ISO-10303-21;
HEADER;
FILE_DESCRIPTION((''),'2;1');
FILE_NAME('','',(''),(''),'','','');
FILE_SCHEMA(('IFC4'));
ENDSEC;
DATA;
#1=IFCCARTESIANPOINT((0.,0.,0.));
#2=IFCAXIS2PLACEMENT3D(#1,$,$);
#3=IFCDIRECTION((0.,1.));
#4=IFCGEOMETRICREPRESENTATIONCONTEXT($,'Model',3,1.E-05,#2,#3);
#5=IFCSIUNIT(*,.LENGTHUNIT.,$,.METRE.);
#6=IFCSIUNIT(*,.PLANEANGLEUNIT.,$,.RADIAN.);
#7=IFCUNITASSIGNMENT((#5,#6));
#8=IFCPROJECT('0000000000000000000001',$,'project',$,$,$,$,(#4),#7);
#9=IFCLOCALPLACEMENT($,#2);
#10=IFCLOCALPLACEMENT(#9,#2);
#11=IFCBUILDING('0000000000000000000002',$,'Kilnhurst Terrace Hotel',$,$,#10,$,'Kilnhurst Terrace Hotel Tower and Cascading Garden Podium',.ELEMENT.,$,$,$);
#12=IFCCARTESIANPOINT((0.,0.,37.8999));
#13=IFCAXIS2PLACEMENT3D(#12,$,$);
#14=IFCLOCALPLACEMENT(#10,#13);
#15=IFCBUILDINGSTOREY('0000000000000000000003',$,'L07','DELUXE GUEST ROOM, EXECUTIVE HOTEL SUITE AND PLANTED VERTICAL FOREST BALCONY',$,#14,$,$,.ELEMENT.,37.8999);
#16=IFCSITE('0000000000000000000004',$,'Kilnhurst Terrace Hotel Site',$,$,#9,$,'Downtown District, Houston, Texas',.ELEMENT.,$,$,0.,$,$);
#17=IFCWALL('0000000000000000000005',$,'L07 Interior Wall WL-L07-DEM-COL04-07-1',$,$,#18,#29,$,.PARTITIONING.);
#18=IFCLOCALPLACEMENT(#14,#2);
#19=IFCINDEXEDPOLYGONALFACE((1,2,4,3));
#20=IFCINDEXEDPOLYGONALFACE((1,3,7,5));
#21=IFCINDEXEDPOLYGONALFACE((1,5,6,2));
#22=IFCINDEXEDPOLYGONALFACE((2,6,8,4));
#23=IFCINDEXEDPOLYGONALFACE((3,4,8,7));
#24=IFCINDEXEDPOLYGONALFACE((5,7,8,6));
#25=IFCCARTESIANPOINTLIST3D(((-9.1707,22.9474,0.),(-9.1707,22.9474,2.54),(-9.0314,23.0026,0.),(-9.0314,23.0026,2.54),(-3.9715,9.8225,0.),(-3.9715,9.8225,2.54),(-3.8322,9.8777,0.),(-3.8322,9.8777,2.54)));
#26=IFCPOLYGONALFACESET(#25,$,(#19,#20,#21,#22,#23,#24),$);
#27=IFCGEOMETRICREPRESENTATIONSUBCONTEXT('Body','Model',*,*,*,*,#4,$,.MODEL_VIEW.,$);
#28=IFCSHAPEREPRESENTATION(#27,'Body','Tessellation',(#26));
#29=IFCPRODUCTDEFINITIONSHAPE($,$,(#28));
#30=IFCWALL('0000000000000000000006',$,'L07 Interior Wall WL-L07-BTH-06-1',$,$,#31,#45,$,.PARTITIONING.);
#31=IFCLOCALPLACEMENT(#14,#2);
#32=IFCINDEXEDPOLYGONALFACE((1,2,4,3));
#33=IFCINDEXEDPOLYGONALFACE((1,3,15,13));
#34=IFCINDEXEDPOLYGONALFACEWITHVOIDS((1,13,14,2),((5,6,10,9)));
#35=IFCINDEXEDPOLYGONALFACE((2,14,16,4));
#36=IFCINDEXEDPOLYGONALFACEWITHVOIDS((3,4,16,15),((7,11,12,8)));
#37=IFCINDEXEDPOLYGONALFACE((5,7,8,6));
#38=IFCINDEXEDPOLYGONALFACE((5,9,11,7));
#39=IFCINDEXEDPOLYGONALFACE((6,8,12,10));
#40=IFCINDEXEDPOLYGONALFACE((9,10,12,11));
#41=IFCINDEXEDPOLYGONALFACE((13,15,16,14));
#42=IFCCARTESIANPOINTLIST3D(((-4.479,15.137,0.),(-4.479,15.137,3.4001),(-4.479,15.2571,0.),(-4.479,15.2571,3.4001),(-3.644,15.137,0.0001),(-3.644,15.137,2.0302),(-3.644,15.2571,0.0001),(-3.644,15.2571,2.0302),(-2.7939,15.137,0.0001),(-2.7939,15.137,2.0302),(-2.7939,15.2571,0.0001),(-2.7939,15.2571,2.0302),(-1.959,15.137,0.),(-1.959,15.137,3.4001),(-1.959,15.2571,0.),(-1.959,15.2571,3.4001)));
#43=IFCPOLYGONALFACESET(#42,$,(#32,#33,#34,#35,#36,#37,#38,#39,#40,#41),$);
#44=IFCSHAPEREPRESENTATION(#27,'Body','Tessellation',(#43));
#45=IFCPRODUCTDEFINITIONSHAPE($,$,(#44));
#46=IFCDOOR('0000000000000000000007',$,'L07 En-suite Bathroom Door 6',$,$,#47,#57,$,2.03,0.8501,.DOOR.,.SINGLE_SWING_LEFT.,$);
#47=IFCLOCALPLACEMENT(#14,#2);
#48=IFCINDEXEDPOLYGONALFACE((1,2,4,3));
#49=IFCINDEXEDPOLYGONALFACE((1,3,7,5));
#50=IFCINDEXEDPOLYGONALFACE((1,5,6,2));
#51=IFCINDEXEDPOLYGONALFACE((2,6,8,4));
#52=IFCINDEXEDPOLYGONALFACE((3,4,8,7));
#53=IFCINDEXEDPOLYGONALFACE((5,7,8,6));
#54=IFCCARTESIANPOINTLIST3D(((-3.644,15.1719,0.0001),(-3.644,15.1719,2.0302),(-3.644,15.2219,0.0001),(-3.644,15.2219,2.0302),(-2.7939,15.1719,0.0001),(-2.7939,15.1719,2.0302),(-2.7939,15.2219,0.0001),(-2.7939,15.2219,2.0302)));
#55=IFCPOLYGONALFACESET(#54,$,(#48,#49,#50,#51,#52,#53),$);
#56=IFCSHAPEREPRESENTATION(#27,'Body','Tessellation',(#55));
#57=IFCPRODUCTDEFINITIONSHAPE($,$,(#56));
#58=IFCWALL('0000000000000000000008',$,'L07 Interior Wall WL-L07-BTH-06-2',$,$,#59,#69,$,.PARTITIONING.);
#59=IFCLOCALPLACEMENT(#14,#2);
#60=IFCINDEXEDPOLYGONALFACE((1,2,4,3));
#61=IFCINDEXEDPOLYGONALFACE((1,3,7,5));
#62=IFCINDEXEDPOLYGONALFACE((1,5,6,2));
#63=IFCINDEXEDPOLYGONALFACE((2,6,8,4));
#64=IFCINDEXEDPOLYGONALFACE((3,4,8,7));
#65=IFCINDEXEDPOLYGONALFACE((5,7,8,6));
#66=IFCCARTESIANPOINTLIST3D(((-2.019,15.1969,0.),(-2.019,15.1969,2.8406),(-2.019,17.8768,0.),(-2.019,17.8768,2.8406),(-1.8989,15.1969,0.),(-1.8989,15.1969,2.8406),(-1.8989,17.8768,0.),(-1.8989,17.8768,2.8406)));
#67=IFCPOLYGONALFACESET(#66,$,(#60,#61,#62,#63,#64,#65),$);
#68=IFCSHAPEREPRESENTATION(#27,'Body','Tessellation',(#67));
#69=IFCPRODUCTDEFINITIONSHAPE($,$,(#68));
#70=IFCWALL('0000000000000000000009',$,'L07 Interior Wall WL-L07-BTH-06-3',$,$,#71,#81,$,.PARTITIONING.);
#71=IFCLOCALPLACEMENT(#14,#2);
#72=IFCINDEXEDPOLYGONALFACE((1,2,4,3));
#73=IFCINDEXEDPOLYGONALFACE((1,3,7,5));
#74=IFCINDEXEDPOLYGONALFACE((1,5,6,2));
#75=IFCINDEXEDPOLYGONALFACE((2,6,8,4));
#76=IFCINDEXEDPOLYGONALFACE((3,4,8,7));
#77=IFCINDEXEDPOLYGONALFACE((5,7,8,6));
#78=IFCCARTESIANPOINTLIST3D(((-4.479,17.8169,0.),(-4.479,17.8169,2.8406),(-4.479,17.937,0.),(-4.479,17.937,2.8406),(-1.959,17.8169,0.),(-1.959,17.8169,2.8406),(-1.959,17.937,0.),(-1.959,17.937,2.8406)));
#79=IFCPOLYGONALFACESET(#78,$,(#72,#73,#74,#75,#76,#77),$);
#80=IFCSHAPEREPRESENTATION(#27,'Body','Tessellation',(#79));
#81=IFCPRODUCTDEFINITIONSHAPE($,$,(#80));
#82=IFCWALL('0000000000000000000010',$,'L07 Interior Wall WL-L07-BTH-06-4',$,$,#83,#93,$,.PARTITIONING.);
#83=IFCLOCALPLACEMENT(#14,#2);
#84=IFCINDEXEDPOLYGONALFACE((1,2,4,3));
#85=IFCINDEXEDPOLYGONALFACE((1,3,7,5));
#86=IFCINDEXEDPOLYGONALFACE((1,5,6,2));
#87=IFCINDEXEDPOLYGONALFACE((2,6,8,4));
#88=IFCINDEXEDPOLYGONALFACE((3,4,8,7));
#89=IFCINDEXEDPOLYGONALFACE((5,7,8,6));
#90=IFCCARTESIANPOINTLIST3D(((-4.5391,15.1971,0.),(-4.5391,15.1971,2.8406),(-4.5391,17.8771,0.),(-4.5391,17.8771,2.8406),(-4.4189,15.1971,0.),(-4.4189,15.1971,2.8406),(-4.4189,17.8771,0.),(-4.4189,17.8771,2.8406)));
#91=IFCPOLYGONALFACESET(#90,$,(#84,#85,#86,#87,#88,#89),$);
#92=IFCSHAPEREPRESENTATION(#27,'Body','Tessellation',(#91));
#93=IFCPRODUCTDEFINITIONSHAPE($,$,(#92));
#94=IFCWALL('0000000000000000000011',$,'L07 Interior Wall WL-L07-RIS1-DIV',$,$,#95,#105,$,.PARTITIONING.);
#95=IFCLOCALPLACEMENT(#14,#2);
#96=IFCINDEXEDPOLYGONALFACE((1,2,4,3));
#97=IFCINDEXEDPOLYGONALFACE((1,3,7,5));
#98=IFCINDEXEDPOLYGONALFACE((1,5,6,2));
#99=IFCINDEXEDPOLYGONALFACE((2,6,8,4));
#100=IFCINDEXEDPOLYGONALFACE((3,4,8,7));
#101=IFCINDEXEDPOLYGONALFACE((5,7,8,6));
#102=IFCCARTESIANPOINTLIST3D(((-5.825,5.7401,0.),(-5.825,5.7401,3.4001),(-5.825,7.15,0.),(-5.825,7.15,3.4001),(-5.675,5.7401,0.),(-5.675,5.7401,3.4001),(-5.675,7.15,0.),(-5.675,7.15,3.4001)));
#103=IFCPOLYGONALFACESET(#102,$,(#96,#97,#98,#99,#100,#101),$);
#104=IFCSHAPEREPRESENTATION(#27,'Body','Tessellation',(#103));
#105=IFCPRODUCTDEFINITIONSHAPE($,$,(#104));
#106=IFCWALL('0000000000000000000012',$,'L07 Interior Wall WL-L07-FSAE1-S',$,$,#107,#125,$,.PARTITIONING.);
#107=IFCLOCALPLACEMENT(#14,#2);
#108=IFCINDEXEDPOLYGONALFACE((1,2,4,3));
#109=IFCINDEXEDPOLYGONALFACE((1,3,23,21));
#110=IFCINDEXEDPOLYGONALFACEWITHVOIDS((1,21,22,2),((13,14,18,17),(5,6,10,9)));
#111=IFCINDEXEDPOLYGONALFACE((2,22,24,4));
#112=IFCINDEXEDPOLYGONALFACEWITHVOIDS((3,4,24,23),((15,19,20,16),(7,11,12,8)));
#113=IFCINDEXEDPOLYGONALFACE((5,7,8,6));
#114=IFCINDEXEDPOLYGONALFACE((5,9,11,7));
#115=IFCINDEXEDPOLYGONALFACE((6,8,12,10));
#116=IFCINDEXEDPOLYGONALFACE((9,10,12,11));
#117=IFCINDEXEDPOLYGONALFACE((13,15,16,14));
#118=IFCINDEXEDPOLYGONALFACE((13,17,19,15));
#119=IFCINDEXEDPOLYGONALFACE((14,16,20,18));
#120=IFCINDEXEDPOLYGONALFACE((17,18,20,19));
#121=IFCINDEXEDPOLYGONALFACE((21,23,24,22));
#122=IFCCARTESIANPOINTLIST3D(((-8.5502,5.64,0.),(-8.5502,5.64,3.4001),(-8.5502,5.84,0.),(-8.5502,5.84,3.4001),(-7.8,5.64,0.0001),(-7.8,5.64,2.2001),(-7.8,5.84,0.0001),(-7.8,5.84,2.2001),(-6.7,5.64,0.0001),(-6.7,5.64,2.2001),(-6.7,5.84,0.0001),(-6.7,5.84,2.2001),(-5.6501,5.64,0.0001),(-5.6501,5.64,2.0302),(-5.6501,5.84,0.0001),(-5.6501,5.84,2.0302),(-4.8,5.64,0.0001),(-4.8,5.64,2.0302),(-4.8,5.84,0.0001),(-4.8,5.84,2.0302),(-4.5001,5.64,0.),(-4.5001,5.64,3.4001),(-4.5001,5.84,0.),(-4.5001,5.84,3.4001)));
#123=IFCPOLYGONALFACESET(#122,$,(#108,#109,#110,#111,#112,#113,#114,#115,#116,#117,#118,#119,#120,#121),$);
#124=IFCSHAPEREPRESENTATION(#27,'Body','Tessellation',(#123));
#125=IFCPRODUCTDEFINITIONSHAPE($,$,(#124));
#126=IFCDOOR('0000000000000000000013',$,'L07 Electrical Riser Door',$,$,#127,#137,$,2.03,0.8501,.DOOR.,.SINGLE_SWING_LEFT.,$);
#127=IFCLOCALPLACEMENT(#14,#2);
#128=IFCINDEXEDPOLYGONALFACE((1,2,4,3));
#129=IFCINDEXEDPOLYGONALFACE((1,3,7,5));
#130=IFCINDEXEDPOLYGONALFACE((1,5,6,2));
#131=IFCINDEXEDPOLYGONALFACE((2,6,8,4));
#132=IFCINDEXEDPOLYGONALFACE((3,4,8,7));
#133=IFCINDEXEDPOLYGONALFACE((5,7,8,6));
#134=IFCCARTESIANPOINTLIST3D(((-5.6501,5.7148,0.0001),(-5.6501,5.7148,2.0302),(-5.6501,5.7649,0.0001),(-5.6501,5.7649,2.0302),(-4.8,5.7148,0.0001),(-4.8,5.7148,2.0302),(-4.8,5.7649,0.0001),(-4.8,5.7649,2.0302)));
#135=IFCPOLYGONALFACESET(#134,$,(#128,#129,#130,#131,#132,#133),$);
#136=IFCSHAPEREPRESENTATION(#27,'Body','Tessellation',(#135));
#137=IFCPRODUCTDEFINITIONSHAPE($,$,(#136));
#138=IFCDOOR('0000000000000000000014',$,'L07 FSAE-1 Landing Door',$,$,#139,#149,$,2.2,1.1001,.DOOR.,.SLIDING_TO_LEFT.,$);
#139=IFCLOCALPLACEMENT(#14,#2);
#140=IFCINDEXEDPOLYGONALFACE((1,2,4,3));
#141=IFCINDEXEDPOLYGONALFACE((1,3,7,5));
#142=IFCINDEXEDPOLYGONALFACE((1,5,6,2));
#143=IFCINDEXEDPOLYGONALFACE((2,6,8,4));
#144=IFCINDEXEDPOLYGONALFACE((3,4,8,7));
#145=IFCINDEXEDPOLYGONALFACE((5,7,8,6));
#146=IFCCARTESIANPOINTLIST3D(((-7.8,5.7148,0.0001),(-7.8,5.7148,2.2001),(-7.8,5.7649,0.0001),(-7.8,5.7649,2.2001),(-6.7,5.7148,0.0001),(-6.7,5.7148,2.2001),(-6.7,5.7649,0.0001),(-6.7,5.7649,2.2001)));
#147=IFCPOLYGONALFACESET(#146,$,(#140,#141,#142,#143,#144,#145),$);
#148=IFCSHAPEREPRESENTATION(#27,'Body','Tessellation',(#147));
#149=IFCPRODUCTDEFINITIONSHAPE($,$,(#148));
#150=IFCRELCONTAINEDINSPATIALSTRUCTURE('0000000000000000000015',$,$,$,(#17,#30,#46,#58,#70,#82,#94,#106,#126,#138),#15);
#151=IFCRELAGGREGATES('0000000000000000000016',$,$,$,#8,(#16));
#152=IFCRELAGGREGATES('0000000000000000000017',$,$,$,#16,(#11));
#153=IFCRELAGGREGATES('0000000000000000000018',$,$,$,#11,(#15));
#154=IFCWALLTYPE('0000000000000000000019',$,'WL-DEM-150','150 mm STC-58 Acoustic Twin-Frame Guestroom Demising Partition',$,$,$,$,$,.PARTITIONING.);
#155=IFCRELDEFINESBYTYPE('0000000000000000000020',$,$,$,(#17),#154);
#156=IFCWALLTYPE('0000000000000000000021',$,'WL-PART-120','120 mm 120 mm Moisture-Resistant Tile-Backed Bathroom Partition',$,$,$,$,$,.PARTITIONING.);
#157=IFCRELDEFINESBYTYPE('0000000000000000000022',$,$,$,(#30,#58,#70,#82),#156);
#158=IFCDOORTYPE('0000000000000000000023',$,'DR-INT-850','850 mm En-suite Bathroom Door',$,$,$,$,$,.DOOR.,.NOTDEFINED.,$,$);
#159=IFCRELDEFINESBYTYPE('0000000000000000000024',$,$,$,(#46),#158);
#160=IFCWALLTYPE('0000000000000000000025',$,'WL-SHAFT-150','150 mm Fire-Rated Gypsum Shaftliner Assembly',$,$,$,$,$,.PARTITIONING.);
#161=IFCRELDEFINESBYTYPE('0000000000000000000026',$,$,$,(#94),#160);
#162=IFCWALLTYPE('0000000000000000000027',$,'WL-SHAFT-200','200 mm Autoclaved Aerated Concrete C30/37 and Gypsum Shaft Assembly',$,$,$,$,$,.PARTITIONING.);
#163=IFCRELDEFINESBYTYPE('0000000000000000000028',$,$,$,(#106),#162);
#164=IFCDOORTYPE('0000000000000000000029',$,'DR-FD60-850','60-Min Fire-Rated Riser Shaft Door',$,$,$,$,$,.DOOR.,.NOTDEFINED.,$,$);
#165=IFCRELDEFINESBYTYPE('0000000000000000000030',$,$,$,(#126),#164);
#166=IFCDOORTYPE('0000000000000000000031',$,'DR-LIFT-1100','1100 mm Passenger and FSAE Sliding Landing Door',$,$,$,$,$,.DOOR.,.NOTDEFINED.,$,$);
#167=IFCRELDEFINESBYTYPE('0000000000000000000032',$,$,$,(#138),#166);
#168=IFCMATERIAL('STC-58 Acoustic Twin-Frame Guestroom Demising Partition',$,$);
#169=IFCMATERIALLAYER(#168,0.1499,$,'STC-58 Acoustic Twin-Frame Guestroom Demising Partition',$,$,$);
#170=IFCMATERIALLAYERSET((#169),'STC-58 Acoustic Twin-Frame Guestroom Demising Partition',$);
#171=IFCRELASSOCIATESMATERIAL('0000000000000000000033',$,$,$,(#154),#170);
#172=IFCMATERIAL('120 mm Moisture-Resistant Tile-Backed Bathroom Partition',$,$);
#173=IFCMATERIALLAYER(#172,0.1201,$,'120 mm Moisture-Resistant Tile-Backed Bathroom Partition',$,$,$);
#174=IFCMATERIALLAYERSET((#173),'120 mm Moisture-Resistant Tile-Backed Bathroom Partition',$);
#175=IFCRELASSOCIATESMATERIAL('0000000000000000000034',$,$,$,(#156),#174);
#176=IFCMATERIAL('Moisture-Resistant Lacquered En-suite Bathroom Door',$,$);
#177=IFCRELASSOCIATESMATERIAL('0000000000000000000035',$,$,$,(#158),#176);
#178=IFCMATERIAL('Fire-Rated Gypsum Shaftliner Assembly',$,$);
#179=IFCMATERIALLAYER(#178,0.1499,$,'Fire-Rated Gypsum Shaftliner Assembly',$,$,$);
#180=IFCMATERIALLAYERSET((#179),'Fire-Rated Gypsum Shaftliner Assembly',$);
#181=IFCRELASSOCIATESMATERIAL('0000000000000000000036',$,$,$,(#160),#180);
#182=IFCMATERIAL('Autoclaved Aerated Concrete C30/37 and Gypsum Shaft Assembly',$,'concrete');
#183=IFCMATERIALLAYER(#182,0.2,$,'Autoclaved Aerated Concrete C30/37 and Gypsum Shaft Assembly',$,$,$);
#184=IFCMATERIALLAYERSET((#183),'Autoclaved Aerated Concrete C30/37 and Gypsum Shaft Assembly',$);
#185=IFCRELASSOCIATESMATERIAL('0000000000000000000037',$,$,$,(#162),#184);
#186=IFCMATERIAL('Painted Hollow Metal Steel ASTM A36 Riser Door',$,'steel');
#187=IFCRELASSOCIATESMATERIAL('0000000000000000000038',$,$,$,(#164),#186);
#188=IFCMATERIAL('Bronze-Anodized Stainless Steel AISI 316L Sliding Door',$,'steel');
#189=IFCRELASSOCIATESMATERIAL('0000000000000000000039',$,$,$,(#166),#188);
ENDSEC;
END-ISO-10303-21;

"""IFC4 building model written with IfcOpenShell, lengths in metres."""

from ifc_helpers import new_model, si_unit, direction, frame, frame_2d, origin, place, context, subcontext, project, spatial, rectangle, extrude, material, layer, layer_set, type_object, element, fill, save


model = new_model("IFC4")

# Units and contexts
model_context = context("Model", 3, precision=1e-05, world=origin(), true_north=direction((0.0, 1.0)))
body_context = subcontext(model_context, "Body", "Model", "MODEL_VIEW")
ifc_project = project(units=[si_unit("LENGTHUNIT", "METRE"), si_unit("PLANEANGLEUNIT", "RADIAN")], contexts=[model_context])

# Site, building, storey
site_placement = place(None, origin())
site = spatial("IfcSite", under=ifc_project, at=site_placement, Name="Kilnhurst Terrace Hotel Site", LongName="Downtown District, Houston, Texas", CompositionType="ELEMENT", RefElevation=0.0)
building_placement = place(site_placement, origin())
building = spatial("IfcBuilding", under=site, at=building_placement, Name="Kilnhurst Terrace Hotel", LongName="Kilnhurst Terrace Hotel Tower and Cascading Garden Podium", CompositionType="ELEMENT")
storey_placement = place(building_placement, frame((0.0, 0.0, 37.8999)))
storey = spatial("IfcBuildingStorey", under=building, at=storey_placement, Name="L07", Description="DELUXE GUEST ROOM, EXECUTIVE HOTEL SUITE AND PLANTED VERTICAL FOREST BALCONY", CompositionType="ELEMENT", Elevation=37.8999)

# Wall
ifc_material_1 = material(Name="STC-58 Acoustic Twin-Frame Guestroom Demising Partition")
ifc_layer_1 = layer(ifc_material_1, 0.1499, Name="STC-58 Acoustic Twin-Frame Guestroom Demising Partition")
ifc_layer_set_1 = layer_set([ifc_layer_1], Name="STC-58 Acoustic Twin-Frame Guestroom Demising Partition")
wall_type_1 = type_object("IfcWallType", Name="WL-DEM-150", Description="150 mm STC-58 Acoustic Twin-Frame Guestroom Demising Partition", PredefinedType="PARTITIONING", material=ifc_layer_set_1)
wall_1_placement = place(storey_placement, frame((-3.9019, 9.8501, 0.0), z_axis=(0.0, 0.0, 1.0), x_axis=(-0.368288, 0.929712, 0.0)))
element("IfcWall", 1, at=wall_1_placement, inside=storey, type_object=wall_type_1, Name="L07 Interior Wall WL-L07-DEM-COL04-07-1", PredefinedType="PARTITIONING", context=body_context, shape_type="SweptSolid", body=[
    extrude(rectangle(XDim=14.1172, YDim=0.1499, at=frame_2d((7.0586, 0.0))), origin(), (0.0, 0.0, 1.0), 2.54),
])

# Wall, opening, door
ifc_material_2 = material(Name="120 mm Moisture-Resistant Tile-Backed Bathroom Partition")
ifc_layer_2 = layer(ifc_material_2, 0.1201, Name="120 mm Moisture-Resistant Tile-Backed Bathroom Partition")
ifc_layer_set_2 = layer_set([ifc_layer_2], Name="120 mm Moisture-Resistant Tile-Backed Bathroom Partition")
wall_type_2 = type_object("IfcWallType", Name="WL-PART-120", Description="120 mm 120 mm Moisture-Resistant Tile-Backed Bathroom Partition", PredefinedType="PARTITIONING", material=ifc_layer_set_2)
wall_2_placement = place(storey_placement, frame((-4.479, 15.197, 0.0), z_axis=(0.0, 0.0, 1.0), x_axis=(1.0, 0.0, 0.0)))
wall_2 = element("IfcWall", 2, at=wall_2_placement, inside=storey, type_object=wall_type_2, Name="L07 Interior Wall WL-L07-BTH-06-1", PredefinedType="PARTITIONING", context=body_context, shape_type="SweptSolid", body=[
    extrude(rectangle(XDim=2.52, YDim=0.1201, at=frame_2d((1.26, 0.0))), origin(), (0.0, 0.0, 1.0), 3.4001),
])
opening_1_placement = place(wall_2_placement, frame((0.835, 0.0, 0.0)))
opening_1 = element("IfcOpeningElement", 3, at=opening_1_placement, cuts=wall_2, PredefinedType="OPENING", context=body_context, shape_type="SweptSolid", body=[
    extrude(rectangle(XDim=0.8501, YDim=2.03, at=frame_2d((0.425, 1.0151))), frame((0.0, 0.0701, 0.0), z_axis=(0.0, -1.0, 0.0), x_axis=(1.0, 0.0, 0.0)), (0.0, 0.0, 1.0), 0.1401),
])
ifc_material_3 = material(Name="Moisture-Resistant Lacquered En-suite Bathroom Door")
door_type_1 = type_object("IfcDoorType", Name="DR-INT-850", Description="850 mm En-suite Bathroom Door", OperationType="NOTDEFINED", PredefinedType="DOOR", material=ifc_material_3)
door_1_placement = place(opening_1_placement, origin())
door_1 = element("IfcDoor", 4, at=door_1_placement, inside=storey, type_object=door_type_1, Name="L07 En-suite Bathroom Door 6", OperationType="SINGLE_SWING_LEFT", OverallHeight=2.03, OverallWidth=0.8501, PredefinedType="DOOR", context=body_context, shape_type="SweptSolid", body=[
    extrude(rectangle(XDim=0.8501, YDim=2.03, at=frame_2d((0.425, 1.0151))), frame((0.0, 0.0249, 0.0), z_axis=(0.0, -1.0, 0.0), x_axis=(1.0, 0.0, 0.0)), (0.0, 0.0, 1.0), 0.05),
])
fill(opening_1, door_1)

# Walls
wall_3_placement = place(storey_placement, frame((-1.959, 15.197, 0.0), z_axis=(0.0, 0.0, 1.0), x_axis=(0.0, 1.0, 0.0)))
element("IfcWall", 5, at=wall_3_placement, inside=storey, type_object=wall_type_2, Name="L07 Interior Wall WL-L07-BTH-06-2", PredefinedType="PARTITIONING", context=body_context, shape_type="SweptSolid", body=[
    extrude(rectangle(XDim=2.6799, YDim=0.1201, at=frame_2d((1.3398, 0.0))), origin(), (0.0, 0.0, 1.0), 2.8406),
])
wall_4_placement = place(storey_placement, frame((-1.959, 17.877, 0.0), z_axis=(0.0, 0.0, 1.0), x_axis=(-1.0, 0.0, 0.0)))
element("IfcWall", 6, at=wall_4_placement, inside=storey, type_object=wall_type_2, Name="L07 Interior Wall WL-L07-BTH-06-3", PredefinedType="PARTITIONING", context=body_context, shape_type="SweptSolid", body=[
    extrude(rectangle(XDim=2.52, YDim=0.1201, at=frame_2d((1.26, 0.0))), origin(), (0.0, 0.0, 1.0), 2.8406),
])
wall_5_placement = place(storey_placement, frame((-4.479, 17.877, 0.0), z_axis=(0.0, 0.0, 1.0), x_axis=(0.0, -1.0, 0.0)))
element("IfcWall", 7, at=wall_5_placement, inside=storey, type_object=wall_type_2, Name="L07 Interior Wall WL-L07-BTH-06-4", PredefinedType="PARTITIONING", context=body_context, shape_type="SweptSolid", body=[
    extrude(rectangle(XDim=2.6799, YDim=0.1201, at=frame_2d((1.3398, 0.0))), origin(), (0.0, 0.0, 1.0), 2.8406),
])
ifc_material_4 = material(Name="Fire-Rated Gypsum Shaftliner Assembly")
ifc_layer_3 = layer(ifc_material_4, 0.1499, Name="Fire-Rated Gypsum Shaftliner Assembly")
ifc_layer_set_3 = layer_set([ifc_layer_3], Name="Fire-Rated Gypsum Shaftliner Assembly")
wall_type_3 = type_object("IfcWallType", Name="WL-SHAFT-150", Description="150 mm Fire-Rated Gypsum Shaftliner Assembly", PredefinedType="PARTITIONING", material=ifc_layer_set_3)
wall_6_placement = place(storey_placement, frame((-5.75, 5.74, 0.0), z_axis=(0.0, 0.0, 1.0), x_axis=(0.0, 1.0, 0.0)))
element("IfcWall", 8, at=wall_6_placement, inside=storey, type_object=wall_type_3, Name="L07 Interior Wall WL-L07-RIS1-DIV", PredefinedType="PARTITIONING", context=body_context, shape_type="SweptSolid", body=[
    extrude(rectangle(XDim=1.4099, YDim=0.1499, at=frame_2d((0.7051, 0.0))), origin(), (0.0, 0.0, 1.0), 3.4001),
])

# Wall, openings, doors
ifc_material_5 = material(Name="Autoclaved Aerated Concrete C30/37 and Gypsum Shaft Assembly", Category="concrete")
ifc_layer_4 = layer(ifc_material_5, 0.2, Name="Autoclaved Aerated Concrete C30/37 and Gypsum Shaft Assembly")
ifc_layer_set_4 = layer_set([ifc_layer_4], Name="Autoclaved Aerated Concrete C30/37 and Gypsum Shaft Assembly")
wall_type_4 = type_object("IfcWallType", Name="WL-SHAFT-200", Description="200 mm Autoclaved Aerated Concrete C30/37 and Gypsum Shaft Assembly", PredefinedType="PARTITIONING", material=ifc_layer_set_4)
wall_7_placement = place(storey_placement, frame((-8.55, 5.74, 0.0), z_axis=(0.0, 0.0, 1.0), x_axis=(1.0, 0.0, 0.0)))
wall_7 = element("IfcWall", 9, at=wall_7_placement, inside=storey, type_object=wall_type_4, Name="L07 Interior Wall WL-L07-FSAE1-S", PredefinedType="PARTITIONING", context=body_context, shape_type="SweptSolid", body=[
    extrude(rectangle(XDim=4.05, YDim=0.2, at=frame_2d((2.0249, 0.0))), origin(), (0.0, 0.0, 1.0), 3.4001),
])
opening_2_placement = place(wall_7_placement, frame((0.75, 0.0, 0.0)))
opening_2 = element("IfcOpeningElement", 10, at=opening_2_placement, cuts=wall_7, PredefinedType="OPENING", context=body_context, shape_type="SweptSolid", body=[
    extrude(rectangle(XDim=1.1001, YDim=2.2, at=frame_2d((0.55, 1.1001))), frame((0.0, 0.1099, 0.0), z_axis=(0.0, -1.0, 0.0), x_axis=(1.0, 0.0, 0.0)), (0.0, 0.0, 1.0), 0.22),
])
opening_3_placement = place(wall_7_placement, frame((2.8999, 0.0, 0.0)))
opening_3 = element("IfcOpeningElement", 11, at=opening_3_placement, cuts=wall_7, PredefinedType="OPENING", context=body_context, shape_type="SweptSolid", body=[
    extrude(rectangle(XDim=0.8501, YDim=2.03, at=frame_2d((0.425, 1.0151))), frame((0.0, 0.1099, 0.0), z_axis=(0.0, -1.0, 0.0), x_axis=(1.0, 0.0, 0.0)), (0.0, 0.0, 1.0), 0.22),
])
ifc_material_6 = material(Name="Painted Hollow Metal Steel ASTM A36 Riser Door", Category="steel")
door_type_2 = type_object("IfcDoorType", Name="DR-FD60-850", Description="60-Min Fire-Rated Riser Shaft Door", OperationType="NOTDEFINED", PredefinedType="DOOR", material=ifc_material_6)
door_2_placement = place(opening_3_placement, origin())
door_2 = element("IfcDoor", 12, at=door_2_placement, inside=storey, type_object=door_type_2, Name="L07 Electrical Riser Door", OperationType="SINGLE_SWING_LEFT", OverallHeight=2.03, OverallWidth=0.8501, PredefinedType="DOOR", context=body_context, shape_type="SweptSolid", body=[
    extrude(rectangle(XDim=0.8501, YDim=2.03, at=frame_2d((0.425, 1.0151))), frame((0.0, 0.0249, 0.0), z_axis=(0.0, -1.0, 0.0), x_axis=(1.0, 0.0, 0.0)), (0.0, 0.0, 1.0), 0.05),
])
fill(opening_3, door_2)
ifc_material_7 = material(Name="Bronze-Anodized Stainless Steel AISI 316L Sliding Door", Category="steel")
door_type_3 = type_object("IfcDoorType", Name="DR-LIFT-1100", Description="1100 mm Passenger and FSAE Sliding Landing Door", OperationType="NOTDEFINED", PredefinedType="DOOR", material=ifc_material_7)
door_3_placement = place(opening_2_placement, origin())
door_3 = element("IfcDoor", 13, at=door_3_placement, inside=storey, type_object=door_type_3, Name="L07 FSAE-1 Landing Door", OperationType="SLIDING_TO_LEFT", OverallHeight=2.2, OverallWidth=1.1001, PredefinedType="DOOR", context=body_context, shape_type="SweptSolid", body=[
    extrude(rectangle(XDim=1.1001, YDim=2.2, at=frame_2d((0.55, 1.1001))), frame((0.0, 0.0249, 0.0), z_axis=(0.0, -1.0, 0.0), x_axis=(1.0, 0.0, 0.0)), (0.0, 0.0, 1.0), 0.05),
])
fill(opening_2, door_3)

save(model, "model.ifc")
